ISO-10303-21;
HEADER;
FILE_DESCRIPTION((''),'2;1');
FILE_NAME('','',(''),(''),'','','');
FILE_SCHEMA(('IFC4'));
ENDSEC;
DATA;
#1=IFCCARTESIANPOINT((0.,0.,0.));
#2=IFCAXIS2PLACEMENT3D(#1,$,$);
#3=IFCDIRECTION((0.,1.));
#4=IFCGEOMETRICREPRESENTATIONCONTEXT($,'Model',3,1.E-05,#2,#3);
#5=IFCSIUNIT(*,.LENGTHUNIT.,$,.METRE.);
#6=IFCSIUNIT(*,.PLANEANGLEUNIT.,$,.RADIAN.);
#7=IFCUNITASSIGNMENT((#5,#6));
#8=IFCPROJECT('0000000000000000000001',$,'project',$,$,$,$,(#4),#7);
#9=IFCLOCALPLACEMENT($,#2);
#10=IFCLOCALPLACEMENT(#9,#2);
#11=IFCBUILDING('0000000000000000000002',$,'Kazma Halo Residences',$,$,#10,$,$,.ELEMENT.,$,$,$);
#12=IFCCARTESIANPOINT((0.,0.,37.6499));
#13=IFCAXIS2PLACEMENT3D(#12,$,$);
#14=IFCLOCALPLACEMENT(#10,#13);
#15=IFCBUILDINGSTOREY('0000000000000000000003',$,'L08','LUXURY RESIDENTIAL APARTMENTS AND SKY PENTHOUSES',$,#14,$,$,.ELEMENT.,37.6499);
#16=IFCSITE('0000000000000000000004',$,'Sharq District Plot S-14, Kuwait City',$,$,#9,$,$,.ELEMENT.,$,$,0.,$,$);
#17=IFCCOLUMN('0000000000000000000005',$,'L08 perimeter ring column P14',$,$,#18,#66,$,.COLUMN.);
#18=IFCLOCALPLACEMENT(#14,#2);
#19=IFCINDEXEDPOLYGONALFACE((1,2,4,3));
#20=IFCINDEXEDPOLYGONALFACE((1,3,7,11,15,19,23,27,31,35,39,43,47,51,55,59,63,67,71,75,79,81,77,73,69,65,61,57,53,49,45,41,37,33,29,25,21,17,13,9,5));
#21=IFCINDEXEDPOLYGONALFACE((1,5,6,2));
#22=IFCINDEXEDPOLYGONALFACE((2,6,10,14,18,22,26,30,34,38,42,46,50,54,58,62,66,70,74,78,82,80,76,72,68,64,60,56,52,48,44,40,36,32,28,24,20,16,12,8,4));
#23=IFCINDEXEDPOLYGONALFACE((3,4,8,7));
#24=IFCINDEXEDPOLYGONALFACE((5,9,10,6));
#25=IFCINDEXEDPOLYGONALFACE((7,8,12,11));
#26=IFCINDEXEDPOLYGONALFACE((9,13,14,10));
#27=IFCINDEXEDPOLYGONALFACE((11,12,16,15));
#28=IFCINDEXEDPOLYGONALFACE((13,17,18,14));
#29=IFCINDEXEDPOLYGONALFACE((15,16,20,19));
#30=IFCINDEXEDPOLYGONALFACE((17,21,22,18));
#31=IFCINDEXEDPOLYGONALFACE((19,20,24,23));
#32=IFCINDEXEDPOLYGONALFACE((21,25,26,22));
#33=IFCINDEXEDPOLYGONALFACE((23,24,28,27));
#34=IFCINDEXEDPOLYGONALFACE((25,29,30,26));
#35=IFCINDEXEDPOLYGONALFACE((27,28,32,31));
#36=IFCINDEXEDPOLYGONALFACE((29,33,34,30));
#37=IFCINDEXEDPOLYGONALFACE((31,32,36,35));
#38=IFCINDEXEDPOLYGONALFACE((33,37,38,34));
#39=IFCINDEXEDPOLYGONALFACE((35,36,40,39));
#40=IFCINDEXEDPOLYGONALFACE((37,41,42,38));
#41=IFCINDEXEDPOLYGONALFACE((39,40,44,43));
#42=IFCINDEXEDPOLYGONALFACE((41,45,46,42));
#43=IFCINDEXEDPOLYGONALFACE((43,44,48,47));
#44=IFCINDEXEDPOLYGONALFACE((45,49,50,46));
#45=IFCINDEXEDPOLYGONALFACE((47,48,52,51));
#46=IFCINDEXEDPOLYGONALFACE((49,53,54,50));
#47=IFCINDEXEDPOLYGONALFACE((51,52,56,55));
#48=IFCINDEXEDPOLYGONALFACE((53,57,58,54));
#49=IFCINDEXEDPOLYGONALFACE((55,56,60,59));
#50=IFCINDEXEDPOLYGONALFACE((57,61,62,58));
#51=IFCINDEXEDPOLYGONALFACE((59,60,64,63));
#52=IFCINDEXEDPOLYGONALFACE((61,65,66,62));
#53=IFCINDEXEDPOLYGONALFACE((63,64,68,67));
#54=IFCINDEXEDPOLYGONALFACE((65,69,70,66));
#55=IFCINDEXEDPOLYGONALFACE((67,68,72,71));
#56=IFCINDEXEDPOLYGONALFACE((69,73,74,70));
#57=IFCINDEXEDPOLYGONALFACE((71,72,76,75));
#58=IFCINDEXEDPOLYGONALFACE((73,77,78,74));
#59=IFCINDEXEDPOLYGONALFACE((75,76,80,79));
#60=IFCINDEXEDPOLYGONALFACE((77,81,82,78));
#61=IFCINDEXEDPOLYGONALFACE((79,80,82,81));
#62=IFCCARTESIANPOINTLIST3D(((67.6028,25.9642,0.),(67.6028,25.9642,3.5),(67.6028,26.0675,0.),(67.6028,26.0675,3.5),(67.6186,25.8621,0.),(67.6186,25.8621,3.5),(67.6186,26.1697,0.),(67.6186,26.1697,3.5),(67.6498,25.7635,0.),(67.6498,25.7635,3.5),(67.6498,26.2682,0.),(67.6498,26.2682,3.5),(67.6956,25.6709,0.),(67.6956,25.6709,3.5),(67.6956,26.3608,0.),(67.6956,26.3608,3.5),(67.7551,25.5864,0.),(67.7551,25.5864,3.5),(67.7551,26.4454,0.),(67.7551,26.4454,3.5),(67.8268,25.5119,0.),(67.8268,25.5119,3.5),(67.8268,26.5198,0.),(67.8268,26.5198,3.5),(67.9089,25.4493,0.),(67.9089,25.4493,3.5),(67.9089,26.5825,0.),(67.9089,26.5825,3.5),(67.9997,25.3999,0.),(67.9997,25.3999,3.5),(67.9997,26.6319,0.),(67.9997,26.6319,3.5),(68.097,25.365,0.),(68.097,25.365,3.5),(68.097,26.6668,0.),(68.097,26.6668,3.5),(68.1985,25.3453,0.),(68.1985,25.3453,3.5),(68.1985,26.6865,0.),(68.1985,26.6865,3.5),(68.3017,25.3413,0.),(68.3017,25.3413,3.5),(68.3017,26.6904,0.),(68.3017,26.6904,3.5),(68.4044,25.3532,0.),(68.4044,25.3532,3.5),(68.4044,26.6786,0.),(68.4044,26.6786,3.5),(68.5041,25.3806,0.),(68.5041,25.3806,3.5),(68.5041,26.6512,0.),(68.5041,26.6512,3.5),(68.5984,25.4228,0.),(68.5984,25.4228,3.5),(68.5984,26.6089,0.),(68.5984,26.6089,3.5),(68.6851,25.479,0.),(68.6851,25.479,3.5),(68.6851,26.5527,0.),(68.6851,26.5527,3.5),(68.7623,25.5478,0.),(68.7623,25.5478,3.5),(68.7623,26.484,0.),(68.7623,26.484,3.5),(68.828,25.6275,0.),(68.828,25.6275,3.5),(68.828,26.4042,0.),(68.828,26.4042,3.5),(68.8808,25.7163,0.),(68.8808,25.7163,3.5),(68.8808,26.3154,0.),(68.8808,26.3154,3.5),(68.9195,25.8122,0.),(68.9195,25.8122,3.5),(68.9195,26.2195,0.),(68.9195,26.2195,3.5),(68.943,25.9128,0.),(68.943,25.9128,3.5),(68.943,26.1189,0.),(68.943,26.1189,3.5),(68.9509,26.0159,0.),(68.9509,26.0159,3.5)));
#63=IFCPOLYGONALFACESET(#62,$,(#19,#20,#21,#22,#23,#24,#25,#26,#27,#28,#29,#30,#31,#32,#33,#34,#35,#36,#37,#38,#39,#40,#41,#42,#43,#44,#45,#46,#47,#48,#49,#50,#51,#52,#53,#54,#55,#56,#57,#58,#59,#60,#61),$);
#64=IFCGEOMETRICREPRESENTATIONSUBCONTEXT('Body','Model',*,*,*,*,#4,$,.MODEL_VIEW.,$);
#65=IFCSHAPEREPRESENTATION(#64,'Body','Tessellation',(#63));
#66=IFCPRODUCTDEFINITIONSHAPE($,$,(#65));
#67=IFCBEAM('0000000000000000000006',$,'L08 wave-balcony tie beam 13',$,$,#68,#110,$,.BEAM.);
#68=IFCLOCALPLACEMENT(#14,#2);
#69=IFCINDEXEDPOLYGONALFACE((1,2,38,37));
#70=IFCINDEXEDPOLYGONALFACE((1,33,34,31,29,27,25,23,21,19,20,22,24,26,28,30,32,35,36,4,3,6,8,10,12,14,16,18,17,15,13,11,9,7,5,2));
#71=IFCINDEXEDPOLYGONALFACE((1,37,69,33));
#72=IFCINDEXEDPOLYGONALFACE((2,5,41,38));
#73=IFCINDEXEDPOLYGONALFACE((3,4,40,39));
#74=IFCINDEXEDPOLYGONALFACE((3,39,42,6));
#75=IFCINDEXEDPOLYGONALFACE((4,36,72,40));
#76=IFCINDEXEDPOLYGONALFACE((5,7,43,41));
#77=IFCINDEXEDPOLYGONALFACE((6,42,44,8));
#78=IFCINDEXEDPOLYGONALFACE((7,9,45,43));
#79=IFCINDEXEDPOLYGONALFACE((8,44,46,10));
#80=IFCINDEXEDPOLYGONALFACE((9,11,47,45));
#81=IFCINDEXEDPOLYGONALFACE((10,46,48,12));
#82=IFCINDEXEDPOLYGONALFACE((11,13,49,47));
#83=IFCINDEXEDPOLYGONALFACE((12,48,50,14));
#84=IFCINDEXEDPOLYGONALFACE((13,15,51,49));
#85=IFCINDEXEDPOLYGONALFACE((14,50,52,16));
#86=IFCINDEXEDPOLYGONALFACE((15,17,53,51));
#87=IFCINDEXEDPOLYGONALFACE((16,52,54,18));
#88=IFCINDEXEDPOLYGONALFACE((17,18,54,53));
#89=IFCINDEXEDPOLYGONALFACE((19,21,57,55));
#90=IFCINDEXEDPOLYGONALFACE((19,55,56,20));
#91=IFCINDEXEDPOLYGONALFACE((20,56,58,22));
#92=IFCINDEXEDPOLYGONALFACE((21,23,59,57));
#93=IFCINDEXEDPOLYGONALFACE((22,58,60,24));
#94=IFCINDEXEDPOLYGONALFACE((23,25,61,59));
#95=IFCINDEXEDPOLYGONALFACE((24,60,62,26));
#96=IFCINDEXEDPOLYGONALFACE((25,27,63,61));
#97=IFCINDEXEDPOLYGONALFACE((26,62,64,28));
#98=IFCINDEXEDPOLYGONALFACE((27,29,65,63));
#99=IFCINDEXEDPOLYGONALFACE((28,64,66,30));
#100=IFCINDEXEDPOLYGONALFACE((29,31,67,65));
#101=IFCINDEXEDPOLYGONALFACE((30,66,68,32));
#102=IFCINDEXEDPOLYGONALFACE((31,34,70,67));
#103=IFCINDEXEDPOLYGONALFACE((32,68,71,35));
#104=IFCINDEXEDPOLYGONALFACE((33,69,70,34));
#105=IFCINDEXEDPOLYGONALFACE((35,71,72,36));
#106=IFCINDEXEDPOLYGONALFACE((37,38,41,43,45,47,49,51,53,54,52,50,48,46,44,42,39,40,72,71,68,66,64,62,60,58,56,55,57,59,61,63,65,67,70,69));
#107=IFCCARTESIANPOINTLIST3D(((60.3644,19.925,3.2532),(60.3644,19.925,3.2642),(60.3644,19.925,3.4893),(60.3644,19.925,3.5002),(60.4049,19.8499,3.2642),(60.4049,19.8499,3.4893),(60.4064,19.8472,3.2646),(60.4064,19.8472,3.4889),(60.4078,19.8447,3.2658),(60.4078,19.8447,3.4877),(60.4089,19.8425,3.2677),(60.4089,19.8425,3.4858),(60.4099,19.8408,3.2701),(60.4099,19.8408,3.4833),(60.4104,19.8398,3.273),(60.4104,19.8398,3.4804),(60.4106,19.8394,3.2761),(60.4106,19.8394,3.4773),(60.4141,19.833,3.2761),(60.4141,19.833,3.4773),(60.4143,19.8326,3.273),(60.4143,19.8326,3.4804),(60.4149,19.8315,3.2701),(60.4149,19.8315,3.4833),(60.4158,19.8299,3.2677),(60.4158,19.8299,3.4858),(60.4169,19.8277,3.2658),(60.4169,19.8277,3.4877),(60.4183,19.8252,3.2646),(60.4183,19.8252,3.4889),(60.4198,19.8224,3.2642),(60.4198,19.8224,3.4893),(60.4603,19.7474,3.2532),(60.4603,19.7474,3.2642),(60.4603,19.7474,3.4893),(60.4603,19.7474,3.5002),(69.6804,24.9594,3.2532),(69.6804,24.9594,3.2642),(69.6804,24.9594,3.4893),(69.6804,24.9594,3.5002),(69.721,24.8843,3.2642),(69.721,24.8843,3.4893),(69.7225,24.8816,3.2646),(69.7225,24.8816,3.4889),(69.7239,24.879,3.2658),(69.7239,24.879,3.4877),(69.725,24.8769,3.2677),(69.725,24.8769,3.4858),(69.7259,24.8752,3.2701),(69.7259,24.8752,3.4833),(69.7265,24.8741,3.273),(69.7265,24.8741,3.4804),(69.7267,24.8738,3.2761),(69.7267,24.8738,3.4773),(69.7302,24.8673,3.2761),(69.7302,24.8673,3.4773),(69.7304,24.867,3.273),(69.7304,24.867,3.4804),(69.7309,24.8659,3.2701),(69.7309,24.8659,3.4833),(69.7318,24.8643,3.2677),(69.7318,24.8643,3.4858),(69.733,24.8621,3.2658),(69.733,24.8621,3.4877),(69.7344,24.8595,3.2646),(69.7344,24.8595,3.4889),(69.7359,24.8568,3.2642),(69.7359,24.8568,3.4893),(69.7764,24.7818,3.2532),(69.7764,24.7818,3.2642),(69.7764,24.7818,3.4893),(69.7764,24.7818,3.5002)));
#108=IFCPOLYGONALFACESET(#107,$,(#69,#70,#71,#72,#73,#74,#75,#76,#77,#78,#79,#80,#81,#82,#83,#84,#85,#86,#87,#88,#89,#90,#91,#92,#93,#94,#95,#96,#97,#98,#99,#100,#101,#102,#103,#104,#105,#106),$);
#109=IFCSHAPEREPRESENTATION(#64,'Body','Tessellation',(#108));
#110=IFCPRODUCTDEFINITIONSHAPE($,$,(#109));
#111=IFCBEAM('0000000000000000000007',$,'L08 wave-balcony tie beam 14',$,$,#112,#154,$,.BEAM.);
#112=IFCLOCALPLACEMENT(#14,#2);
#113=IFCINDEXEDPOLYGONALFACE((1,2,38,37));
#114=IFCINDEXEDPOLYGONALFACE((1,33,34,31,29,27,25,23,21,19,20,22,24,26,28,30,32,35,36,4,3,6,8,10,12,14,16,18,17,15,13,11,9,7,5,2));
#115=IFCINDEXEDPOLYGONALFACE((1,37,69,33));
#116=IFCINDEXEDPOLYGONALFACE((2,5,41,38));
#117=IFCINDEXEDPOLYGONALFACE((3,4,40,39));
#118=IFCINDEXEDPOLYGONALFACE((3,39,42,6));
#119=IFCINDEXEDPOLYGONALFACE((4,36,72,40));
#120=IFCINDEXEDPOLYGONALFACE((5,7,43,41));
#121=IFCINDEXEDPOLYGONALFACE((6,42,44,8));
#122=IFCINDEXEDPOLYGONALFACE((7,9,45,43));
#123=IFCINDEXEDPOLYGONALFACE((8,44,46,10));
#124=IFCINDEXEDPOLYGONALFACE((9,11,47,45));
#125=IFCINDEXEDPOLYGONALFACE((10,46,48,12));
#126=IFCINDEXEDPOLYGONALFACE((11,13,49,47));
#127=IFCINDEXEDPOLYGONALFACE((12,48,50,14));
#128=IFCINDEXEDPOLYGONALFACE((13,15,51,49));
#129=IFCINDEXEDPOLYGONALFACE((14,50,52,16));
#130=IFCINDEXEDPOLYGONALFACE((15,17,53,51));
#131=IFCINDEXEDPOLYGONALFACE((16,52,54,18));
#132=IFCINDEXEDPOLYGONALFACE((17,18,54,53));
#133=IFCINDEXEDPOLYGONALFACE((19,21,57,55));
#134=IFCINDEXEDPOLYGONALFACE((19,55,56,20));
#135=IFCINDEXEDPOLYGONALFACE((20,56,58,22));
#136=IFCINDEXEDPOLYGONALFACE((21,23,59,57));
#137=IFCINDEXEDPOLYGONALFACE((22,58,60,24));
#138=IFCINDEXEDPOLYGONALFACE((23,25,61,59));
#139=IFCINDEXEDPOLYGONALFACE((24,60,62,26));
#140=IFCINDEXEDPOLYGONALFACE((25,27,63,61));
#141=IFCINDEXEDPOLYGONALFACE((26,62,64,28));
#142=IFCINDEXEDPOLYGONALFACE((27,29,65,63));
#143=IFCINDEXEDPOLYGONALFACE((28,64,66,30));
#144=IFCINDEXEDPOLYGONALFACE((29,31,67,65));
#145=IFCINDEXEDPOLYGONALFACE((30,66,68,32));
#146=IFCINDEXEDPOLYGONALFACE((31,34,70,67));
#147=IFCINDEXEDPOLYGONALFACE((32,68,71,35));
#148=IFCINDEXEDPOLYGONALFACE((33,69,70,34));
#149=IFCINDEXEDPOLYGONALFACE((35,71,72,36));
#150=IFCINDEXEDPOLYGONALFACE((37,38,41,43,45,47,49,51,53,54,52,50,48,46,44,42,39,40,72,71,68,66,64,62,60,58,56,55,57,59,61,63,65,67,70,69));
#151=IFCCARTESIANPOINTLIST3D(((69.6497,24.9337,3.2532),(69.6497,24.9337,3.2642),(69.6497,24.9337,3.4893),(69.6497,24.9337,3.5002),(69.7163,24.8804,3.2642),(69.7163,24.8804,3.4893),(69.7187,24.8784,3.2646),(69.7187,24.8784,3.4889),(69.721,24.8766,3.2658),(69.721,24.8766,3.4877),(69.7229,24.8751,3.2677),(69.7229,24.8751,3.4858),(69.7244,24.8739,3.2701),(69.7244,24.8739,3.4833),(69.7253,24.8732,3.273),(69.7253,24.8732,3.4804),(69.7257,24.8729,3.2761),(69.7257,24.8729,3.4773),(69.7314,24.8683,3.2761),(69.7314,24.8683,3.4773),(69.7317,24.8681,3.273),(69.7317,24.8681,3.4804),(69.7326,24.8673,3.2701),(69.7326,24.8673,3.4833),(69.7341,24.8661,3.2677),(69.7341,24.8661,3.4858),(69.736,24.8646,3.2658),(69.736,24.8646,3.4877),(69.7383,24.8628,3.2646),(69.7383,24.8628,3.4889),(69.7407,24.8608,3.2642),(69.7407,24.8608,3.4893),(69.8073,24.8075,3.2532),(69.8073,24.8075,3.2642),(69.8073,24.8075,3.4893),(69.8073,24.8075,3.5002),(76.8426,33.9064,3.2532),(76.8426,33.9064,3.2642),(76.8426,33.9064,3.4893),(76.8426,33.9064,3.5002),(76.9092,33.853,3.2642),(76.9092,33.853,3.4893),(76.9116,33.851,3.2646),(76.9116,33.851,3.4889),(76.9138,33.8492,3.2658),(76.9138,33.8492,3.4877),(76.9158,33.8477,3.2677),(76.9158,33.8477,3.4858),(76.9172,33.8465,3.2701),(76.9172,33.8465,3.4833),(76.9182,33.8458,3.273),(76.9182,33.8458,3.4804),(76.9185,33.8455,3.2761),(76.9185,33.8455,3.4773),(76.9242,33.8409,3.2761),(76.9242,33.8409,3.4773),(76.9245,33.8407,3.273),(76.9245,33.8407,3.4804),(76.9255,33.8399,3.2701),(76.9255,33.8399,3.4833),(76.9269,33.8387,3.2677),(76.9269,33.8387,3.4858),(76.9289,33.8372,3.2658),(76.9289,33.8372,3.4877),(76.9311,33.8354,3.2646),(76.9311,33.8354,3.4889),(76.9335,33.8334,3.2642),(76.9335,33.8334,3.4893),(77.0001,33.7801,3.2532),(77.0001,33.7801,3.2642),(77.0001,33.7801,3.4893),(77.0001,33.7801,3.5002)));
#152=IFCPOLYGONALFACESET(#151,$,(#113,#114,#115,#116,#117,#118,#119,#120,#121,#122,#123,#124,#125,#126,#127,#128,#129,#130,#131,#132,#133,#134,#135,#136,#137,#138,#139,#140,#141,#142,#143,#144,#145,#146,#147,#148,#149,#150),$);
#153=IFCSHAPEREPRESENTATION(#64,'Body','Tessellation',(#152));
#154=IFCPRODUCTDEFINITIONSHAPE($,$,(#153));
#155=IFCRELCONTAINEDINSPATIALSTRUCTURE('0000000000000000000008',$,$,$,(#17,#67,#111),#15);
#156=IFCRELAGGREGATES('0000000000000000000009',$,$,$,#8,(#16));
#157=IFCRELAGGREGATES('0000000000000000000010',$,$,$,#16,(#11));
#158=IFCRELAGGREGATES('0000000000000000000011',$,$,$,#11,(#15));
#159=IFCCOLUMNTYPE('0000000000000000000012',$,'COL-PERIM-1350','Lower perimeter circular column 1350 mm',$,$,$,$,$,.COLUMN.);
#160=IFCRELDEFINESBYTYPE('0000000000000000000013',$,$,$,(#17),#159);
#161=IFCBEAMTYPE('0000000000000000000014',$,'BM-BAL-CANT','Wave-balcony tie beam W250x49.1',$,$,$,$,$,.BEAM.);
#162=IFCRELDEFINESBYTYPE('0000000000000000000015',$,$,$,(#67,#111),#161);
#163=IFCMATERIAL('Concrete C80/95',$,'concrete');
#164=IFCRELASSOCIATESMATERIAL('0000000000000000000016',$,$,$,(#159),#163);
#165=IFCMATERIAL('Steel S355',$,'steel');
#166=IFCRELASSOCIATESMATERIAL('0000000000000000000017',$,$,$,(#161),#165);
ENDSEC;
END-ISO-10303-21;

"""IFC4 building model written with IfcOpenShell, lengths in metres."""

from ifc_helpers import new_model, si_unit, direction, frame, origin, origin_2d, place, context, subcontext, project, spatial, circle, i_section, extrude, material, material_profile, profile_set, type_object, element, save


model = new_model("IFC4")

# Units and contexts
model_context = context("Model", 3, precision=1e-05, world=origin(), true_north=direction((0.0, 1.0)))
body_context = subcontext(model_context, "Body", "Model", "MODEL_VIEW")
ifc_project = project(units=[si_unit("LENGTHUNIT", "METRE"), si_unit("PLANEANGLEUNIT", "RADIAN")], contexts=[model_context])

# Site, building, storey
site_placement = place(None, origin())
site = spatial("IfcSite", under=ifc_project, at=site_placement, Name="Sharq District Plot S-14, Kuwait City", CompositionType="ELEMENT", RefElevation=0.0)
building_placement = place(site_placement, origin())
building = spatial("IfcBuilding", under=site, at=building_placement, Name="Kazma Halo Residences", CompositionType="ELEMENT")
storey_placement = place(building_placement, frame((0.0, 0.0, 37.6499)))
storey = spatial("IfcBuildingStorey", under=building, at=storey_placement, Name="L08", Description="LUXURY RESIDENTIAL APARTMENTS AND SKY PENTHOUSES", CompositionType="ELEMENT", Elevation=37.6499)

# Column
ifc_material_1 = material(Name="Concrete C80/95", Category="concrete")
ifc_material_profile_1 = material_profile(ifc_material_1, circle(Radius=0.675, at=origin_2d()), Name="CIRC1350")
ifc_profile_set_1 = profile_set([ifc_material_profile_1], Name="Concrete C80/95")
column_type = type_object("IfcColumnType", Name="COL-PERIM-1350", Description="Lower perimeter circular column 1350 mm", PredefinedType="COLUMN", material=ifc_profile_set_1)
column_placement = place(storey_placement, frame((68.2759, 26.0159, 0.0), z_axis=(0.0, 0.0, 1.0), x_axis=(1.0, 0.0, 0.0)))
element("IfcColumn", 1, at=column_placement, inside=storey, type_object=column_type, Name="L08 perimeter ring column P14", PredefinedType="COLUMN", context=body_context, shape_type="SweptSolid", body=[
    extrude(circle(Radius=0.675, at=origin_2d()), origin(), (0.0, 0.0, 1.0), 3.5),
])

# Beams
ifc_material_2 = material(Name="Steel S355", Category="steel")
ifc_material_profile_2 = material_profile(ifc_material_2, i_section(OverallWidth=0.2019, OverallDepth=0.2471, WebThickness=0.0073, FlangeThickness=0.011, FilletRadius=0.012, at=origin_2d()), Name="W250x49.1")
ifc_profile_set_2 = profile_set([ifc_material_profile_2], Name="Steel S355")
beam_type_1 = type_object("IfcBeamType", Name="BM-BAL-CANT", Description="Wave-balcony tie beam W250x49.1", PredefinedType="BEAM", material=ifc_profile_set_2)
beam_1_placement = place(storey_placement, frame((60.4124, 19.8362, 3.3767), z_axis=(0.879759, 0.475419, 0.0), x_axis=(-0.475419, 0.879759, 0.0)))
element("IfcBeam", 2, at=beam_1_placement, inside=storey, type_object=beam_type_1, Name="L08 wave-balcony tie beam 13", PredefinedType="BEAM", context=body_context, shape_type="SweptSolid", body=[
    extrude(i_section(OverallWidth=0.2019, OverallDepth=0.2471, WebThickness=0.0073, FlangeThickness=0.011, FilletRadius=0.012, at=origin_2d()), origin(), (0.0, 0.0, 1.0), 10.5894),
])
beam_2_placement = place(storey_placement, frame((69.7285, 24.8706, 3.3767), z_axis=(0.625477, 0.780243, 0.0), x_axis=(-0.780243, 0.625477, 0.0)))
element("IfcBeam", 3, at=beam_2_placement, inside=storey, type_object=beam_type_1, Name="L08 wave-balcony tie beam 14", PredefinedType="BEAM", context=body_context, shape_type="SweptSolid", body=[
    extrude(i_section(OverallWidth=0.2019, OverallDepth=0.2471, WebThickness=0.0073, FlangeThickness=0.011, FilletRadius=0.012, at=origin_2d()), origin(), (0.0, 0.0, 1.0), 11.4998),
])

save(model, "model.ifc")
